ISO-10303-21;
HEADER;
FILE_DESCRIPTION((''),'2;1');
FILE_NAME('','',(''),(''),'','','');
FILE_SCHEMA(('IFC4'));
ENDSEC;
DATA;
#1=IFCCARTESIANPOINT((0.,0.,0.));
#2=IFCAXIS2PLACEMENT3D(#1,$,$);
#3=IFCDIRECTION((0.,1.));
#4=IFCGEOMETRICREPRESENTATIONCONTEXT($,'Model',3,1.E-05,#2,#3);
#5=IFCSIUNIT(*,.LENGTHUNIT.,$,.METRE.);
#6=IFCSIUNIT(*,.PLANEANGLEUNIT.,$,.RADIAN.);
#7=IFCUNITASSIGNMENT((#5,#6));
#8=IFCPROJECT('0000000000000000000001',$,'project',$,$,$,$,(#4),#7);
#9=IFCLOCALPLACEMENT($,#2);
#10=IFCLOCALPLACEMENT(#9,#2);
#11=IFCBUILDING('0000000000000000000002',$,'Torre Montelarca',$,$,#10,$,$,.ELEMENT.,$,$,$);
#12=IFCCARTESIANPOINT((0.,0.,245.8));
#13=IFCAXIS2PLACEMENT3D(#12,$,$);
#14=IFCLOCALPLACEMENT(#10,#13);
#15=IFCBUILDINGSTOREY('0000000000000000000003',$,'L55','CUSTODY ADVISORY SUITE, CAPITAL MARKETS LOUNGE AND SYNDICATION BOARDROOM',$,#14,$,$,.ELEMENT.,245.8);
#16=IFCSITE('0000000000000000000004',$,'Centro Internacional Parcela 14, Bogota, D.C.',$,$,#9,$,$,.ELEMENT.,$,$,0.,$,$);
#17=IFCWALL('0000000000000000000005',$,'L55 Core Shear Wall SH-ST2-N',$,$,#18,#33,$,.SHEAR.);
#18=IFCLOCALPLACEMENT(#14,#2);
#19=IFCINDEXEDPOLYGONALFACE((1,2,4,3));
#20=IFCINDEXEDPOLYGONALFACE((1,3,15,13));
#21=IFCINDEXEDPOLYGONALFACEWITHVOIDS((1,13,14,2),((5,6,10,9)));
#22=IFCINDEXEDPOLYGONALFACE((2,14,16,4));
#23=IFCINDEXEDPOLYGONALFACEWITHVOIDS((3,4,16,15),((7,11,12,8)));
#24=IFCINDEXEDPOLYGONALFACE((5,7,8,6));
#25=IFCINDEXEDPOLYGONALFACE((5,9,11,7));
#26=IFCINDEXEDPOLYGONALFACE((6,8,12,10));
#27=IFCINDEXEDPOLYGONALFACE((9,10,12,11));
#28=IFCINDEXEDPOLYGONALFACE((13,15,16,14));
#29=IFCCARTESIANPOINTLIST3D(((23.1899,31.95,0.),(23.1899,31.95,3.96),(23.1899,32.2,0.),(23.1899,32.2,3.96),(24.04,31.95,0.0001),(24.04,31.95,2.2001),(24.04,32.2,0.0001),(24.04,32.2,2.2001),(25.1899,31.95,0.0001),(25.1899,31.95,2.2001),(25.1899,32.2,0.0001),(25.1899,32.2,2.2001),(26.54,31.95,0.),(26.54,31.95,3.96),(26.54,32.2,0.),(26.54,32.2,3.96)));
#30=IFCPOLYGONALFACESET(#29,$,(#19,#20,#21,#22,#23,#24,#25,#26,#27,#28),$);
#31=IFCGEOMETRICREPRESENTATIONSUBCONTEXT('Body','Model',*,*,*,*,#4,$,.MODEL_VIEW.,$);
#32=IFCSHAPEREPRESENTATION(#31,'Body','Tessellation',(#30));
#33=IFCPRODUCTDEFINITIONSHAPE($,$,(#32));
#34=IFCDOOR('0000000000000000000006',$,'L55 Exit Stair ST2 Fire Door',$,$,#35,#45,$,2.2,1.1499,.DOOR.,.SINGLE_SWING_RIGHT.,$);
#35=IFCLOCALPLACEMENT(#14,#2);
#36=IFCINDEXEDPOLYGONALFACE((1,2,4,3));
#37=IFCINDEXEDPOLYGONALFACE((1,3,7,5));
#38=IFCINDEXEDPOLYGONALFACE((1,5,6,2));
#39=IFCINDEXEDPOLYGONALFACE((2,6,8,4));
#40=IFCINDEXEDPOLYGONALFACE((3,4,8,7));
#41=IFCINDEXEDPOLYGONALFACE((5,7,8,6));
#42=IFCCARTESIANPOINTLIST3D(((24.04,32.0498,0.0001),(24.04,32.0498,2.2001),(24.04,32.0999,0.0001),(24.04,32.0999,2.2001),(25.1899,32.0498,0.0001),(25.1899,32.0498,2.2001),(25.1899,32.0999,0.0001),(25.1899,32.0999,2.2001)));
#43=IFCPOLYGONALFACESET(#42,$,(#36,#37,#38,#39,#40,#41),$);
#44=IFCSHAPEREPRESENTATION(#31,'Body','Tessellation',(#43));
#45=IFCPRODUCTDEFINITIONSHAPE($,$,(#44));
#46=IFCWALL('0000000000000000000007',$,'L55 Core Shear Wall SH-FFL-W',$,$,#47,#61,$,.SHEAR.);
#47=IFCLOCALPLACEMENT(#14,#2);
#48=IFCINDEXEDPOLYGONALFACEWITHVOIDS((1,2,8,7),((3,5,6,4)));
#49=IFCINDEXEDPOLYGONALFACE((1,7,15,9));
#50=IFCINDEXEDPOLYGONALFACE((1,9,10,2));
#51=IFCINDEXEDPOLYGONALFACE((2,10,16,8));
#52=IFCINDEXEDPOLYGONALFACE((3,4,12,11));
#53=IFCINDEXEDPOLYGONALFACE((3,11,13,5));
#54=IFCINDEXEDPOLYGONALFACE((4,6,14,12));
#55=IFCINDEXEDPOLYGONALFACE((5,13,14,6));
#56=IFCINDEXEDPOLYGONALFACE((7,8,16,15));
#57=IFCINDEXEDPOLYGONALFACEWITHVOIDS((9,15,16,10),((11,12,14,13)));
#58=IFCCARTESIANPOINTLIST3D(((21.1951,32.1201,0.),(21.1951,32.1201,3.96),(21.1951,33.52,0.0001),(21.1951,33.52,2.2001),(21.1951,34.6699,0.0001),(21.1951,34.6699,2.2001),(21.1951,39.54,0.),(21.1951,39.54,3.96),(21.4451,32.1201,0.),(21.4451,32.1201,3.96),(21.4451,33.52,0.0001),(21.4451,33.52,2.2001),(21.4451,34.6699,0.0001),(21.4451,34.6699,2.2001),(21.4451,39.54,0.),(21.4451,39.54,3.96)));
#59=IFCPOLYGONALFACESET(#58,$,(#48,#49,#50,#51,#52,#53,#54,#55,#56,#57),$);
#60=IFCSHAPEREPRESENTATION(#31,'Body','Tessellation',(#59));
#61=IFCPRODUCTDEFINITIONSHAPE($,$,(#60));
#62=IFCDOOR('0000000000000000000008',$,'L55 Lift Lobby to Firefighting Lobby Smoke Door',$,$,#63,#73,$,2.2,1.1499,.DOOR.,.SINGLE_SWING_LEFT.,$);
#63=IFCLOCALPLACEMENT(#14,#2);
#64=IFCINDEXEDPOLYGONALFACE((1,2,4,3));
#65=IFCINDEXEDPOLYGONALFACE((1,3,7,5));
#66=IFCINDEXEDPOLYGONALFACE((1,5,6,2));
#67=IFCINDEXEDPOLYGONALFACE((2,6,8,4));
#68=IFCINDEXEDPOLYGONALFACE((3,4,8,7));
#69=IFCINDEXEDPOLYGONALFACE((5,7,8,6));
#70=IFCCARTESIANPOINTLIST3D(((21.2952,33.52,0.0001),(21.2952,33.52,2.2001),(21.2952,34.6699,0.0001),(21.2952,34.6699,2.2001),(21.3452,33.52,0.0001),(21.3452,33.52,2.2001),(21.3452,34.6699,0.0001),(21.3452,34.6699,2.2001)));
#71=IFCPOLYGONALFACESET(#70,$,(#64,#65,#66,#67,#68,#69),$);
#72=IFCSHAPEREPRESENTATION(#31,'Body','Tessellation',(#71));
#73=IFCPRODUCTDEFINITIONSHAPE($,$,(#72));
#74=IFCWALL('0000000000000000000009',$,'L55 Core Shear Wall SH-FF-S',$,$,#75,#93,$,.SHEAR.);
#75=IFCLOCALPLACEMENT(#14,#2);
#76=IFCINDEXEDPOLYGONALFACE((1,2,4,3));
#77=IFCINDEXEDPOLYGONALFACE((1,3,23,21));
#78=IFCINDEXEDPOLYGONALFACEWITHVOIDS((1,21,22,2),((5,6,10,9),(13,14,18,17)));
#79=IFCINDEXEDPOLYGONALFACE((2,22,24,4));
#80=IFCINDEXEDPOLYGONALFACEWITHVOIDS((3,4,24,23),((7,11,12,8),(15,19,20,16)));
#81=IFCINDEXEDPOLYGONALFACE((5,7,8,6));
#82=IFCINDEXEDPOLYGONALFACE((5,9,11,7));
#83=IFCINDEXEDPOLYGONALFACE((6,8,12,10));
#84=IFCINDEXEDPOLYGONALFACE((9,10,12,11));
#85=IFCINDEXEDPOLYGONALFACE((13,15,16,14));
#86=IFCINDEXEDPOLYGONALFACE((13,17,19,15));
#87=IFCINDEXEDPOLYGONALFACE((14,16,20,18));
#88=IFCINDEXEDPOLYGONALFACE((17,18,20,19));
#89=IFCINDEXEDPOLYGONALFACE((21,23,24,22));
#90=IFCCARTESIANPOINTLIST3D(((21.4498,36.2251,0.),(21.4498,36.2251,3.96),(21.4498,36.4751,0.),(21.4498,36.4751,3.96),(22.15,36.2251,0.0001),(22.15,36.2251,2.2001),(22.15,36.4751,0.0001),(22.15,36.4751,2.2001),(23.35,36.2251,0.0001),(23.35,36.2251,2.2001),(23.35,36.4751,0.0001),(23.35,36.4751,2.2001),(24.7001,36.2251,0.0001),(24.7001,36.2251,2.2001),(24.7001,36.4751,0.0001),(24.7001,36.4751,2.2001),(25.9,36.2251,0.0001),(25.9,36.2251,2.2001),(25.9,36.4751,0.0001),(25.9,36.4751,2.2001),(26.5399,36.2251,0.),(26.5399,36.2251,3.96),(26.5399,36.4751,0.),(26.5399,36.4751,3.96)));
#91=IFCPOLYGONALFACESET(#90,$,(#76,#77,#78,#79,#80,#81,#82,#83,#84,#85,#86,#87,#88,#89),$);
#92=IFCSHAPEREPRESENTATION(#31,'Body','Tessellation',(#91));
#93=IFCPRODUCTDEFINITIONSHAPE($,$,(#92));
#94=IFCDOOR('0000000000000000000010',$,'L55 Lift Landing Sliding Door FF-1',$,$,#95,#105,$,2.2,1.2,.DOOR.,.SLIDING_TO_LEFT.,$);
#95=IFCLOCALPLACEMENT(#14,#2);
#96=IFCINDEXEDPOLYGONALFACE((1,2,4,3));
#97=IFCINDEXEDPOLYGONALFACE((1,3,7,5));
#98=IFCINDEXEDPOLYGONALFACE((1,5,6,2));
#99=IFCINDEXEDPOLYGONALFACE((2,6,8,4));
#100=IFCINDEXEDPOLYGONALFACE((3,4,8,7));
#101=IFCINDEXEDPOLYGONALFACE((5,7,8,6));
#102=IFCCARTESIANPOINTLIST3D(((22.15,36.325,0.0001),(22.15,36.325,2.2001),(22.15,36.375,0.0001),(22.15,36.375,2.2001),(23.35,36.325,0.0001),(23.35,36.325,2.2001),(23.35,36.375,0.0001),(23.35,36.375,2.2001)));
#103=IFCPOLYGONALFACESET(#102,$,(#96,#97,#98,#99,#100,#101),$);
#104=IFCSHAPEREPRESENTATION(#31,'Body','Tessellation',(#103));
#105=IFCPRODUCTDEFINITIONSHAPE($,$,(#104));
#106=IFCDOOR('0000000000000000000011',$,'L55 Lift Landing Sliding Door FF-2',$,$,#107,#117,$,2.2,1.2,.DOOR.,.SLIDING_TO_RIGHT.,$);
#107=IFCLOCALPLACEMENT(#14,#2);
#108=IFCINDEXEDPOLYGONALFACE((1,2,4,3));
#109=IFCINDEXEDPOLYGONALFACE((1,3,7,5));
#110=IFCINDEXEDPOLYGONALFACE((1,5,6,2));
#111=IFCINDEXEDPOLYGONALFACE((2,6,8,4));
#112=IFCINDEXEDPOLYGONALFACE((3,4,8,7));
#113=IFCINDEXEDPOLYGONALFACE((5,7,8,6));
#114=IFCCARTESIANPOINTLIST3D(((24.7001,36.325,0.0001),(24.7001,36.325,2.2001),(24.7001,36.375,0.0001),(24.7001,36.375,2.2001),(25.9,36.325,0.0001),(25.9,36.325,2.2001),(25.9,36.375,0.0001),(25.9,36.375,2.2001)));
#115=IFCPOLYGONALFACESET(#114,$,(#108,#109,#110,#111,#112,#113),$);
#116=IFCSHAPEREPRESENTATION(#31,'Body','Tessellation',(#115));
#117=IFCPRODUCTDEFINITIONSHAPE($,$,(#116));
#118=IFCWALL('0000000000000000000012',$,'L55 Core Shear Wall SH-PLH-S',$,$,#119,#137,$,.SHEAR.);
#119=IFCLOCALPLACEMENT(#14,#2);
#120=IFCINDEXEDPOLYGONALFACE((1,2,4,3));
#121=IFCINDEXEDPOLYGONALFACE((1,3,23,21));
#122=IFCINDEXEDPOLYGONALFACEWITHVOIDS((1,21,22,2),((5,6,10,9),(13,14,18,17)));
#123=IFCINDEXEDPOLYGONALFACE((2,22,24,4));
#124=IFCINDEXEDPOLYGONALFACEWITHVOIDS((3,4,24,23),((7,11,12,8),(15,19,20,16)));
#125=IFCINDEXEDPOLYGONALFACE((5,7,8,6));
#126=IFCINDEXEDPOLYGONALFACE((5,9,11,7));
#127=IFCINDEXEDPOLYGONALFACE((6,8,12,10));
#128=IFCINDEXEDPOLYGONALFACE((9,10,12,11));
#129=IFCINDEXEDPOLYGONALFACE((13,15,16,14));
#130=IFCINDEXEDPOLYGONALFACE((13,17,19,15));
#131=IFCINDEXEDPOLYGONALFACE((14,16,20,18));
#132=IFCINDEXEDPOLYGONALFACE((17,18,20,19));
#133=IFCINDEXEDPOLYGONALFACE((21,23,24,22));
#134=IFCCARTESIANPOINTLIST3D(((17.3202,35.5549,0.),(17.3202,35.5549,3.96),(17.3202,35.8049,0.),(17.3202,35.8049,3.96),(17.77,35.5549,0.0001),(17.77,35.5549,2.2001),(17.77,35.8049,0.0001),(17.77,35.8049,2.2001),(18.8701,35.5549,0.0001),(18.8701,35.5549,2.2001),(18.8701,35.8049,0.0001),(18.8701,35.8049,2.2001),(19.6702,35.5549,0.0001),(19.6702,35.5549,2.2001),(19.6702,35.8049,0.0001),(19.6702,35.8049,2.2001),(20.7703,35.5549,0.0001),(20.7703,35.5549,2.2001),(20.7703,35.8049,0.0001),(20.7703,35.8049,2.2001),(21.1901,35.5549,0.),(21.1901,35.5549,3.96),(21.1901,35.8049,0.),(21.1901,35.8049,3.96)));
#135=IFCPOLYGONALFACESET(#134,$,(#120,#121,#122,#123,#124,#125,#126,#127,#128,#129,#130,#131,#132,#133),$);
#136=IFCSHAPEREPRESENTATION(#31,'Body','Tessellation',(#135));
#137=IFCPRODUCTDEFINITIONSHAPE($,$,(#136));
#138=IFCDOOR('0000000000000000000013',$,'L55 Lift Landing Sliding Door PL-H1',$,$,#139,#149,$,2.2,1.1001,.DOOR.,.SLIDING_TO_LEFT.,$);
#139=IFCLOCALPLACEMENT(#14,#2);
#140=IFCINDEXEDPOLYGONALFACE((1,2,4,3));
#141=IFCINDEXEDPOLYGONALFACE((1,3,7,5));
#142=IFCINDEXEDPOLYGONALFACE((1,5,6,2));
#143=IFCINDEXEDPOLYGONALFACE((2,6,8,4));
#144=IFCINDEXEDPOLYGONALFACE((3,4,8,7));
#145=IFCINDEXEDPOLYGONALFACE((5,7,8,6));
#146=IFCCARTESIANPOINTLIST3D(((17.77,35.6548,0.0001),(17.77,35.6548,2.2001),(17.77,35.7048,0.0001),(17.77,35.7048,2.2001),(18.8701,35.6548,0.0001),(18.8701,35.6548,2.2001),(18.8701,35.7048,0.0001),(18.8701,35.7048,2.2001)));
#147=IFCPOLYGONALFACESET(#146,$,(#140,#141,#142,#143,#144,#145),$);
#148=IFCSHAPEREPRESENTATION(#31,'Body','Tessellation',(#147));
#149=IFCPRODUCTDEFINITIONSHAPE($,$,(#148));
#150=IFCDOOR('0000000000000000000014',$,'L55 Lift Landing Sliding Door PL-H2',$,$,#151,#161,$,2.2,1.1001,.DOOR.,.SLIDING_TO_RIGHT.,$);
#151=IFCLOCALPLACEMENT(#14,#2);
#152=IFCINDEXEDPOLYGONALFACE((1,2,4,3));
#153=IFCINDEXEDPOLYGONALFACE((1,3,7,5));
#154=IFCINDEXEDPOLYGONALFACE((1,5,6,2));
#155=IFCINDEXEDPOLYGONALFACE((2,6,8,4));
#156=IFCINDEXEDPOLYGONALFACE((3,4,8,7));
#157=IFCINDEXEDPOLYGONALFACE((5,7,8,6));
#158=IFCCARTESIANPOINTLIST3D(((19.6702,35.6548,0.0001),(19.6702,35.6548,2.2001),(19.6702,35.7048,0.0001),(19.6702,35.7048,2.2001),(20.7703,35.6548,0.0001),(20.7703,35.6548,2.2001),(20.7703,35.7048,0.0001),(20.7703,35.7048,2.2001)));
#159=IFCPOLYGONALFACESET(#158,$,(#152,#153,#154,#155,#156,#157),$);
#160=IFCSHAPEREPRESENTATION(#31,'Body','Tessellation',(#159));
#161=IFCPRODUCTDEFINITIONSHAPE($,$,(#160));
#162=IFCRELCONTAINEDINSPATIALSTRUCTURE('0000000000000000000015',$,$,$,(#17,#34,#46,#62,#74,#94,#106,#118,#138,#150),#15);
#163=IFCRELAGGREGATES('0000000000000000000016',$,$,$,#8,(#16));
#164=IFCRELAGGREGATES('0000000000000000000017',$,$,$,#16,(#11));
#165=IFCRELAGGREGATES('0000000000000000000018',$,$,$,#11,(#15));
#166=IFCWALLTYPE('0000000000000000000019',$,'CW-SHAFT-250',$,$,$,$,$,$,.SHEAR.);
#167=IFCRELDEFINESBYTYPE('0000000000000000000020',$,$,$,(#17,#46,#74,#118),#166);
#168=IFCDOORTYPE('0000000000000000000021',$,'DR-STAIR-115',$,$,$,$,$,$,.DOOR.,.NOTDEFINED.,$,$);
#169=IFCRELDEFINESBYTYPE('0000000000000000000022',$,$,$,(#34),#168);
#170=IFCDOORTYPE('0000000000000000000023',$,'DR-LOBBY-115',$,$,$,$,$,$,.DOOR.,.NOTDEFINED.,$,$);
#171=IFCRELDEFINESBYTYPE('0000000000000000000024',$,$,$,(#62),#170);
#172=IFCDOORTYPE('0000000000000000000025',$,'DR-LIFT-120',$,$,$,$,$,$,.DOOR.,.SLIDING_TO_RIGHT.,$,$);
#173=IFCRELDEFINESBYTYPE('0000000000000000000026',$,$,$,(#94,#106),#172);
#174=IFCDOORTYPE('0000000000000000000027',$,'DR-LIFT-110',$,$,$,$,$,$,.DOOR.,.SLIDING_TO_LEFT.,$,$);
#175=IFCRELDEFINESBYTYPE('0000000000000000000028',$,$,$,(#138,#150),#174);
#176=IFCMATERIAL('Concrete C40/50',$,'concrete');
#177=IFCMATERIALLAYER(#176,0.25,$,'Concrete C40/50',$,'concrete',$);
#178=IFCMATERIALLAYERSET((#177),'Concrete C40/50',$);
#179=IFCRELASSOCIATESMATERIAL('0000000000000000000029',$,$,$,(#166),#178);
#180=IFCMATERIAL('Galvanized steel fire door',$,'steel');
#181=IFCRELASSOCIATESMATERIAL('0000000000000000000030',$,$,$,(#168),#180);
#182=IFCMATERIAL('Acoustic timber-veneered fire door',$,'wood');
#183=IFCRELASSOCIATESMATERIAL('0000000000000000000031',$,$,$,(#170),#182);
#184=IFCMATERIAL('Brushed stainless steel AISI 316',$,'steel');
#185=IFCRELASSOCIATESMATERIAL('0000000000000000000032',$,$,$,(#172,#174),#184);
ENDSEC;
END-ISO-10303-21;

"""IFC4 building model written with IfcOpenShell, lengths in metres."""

from ifc_helpers import new_model, si_unit, direction, frame, frame_2d, origin, place, context, subcontext, project, spatial, rectangle, extrude, source, transform, mapped, material, layer, layer_set, type_object, element, fill, save


model = new_model("IFC4")

# Units and contexts
model_context = context("Model", 3, precision=1e-05, world=origin(), true_north=direction((0.0, 1.0)))
body_context = subcontext(model_context, "Body", "Model", "MODEL_VIEW")
ifc_project = project(units=[si_unit("LENGTHUNIT", "METRE"), si_unit("PLANEANGLEUNIT", "RADIAN")], contexts=[model_context])

# Site, building, storey
site_placement = place(None, origin())
site = spatial("IfcSite", under=ifc_project, at=site_placement, Name="Centro Internacional Parcela 14, Bogota, D.C.", CompositionType="ELEMENT", RefElevation=0.0)
building_placement = place(site_placement, origin())
building = spatial("IfcBuilding", under=site, at=building_placement, Name="Torre Montelarca", CompositionType="ELEMENT")
storey_placement = place(building_placement, frame((0.0, 0.0, 245.8)))
storey = spatial("IfcBuildingStorey", under=building, at=storey_placement, Name="L55", Description="CUSTODY ADVISORY SUITE, CAPITAL MARKETS LOUNGE AND SYNDICATION BOARDROOM", CompositionType="ELEMENT", Elevation=245.8)

# Walls, openings, doors
ifc_material_1 = material(Name="Concrete C40/50", Category="concrete")
ifc_layer_1 = layer(ifc_material_1, 0.25, Name="Concrete C40/50", Category="concrete")
ifc_layer_set_1 = layer_set([ifc_layer_1], Name="Concrete C40/50")
wall_type_1 = type_object("IfcWallType", Name="CW-SHAFT-250", PredefinedType="SHEAR", material=ifc_layer_set_1)
wall_1_placement = place(storey_placement, frame((23.1899, 32.075, 0.0), z_axis=(0.0, 0.0, 1.0), x_axis=(1.0, 0.0, 0.0)))
wall_1 = element("IfcWall", 1, at=wall_1_placement, inside=storey, type_object=wall_type_1, Name="L55 Core Shear Wall SH-ST2-N", PredefinedType="SHEAR", context=body_context, shape_type="SweptSolid", body=[
    extrude(rectangle(XDim=3.3501, YDim=0.25, at=frame_2d((1.675, 0.0))), origin(), (0.0, 0.0, 1.0), 3.96),
])
opening_1_placement = place(wall_1_placement, frame((0.8501, 0.0, 0.0)))
opening_1 = element("IfcOpeningElement", 2, at=opening_1_placement, cuts=wall_1, PredefinedType="OPENING", context=body_context, shape_type="SweptSolid", body=[
    extrude(rectangle(XDim=1.1499, YDim=2.2, at=frame_2d((0.575, 1.1001))), frame((0.0, 0.135, 0.0), z_axis=(0.0, -1.0, 0.0), x_axis=(1.0, 0.0, 0.0)), (0.0, 0.0, 1.0), 0.27),
])
ifc_material_2 = material(Name="Galvanized steel fire door", Category="steel")
door_type_1 = type_object("IfcDoorType", Name="DR-STAIR-115", OperationType="NOTDEFINED", PredefinedType="DOOR", material=ifc_material_2)
shared_shape_1 = source(origin(), body_context, "Body", "SweptSolid", [
    extrude(rectangle(XDim=1.1499, YDim=2.2, at=frame_2d((0.575, 1.1001))), frame((0.0, 0.0249, 0.0), z_axis=(0.0, -1.0, 0.0), x_axis=(1.0, 0.0, 0.0)), (0.0, 0.0, 1.0), 0.05),
])
door_1_placement = place(opening_1_placement, origin())
door_1 = element("IfcDoor", 3, at=door_1_placement, inside=storey, type_object=door_type_1, Name="L55 Exit Stair ST2 Fire Door", OperationType="SINGLE_SWING_RIGHT", OverallHeight=2.2, OverallWidth=1.1499, PredefinedType="DOOR", context=body_context, shape_type="MappedRepresentation", body=[
    mapped(shared_shape_1, transform((0.0, 0.0, 0.0), scale=1.0)),
])
fill(opening_1, door_1)
wall_2_placement = place(storey_placement, frame((21.3201, 32.1201, 0.0), z_axis=(0.0, 0.0, 1.0), x_axis=(0.0, 1.0, 0.0)))
wall_2 = element("IfcWall", 4, at=wall_2_placement, inside=storey, type_object=wall_type_1, Name="L55 Core Shear Wall SH-FFL-W", PredefinedType="SHEAR", context=body_context, shape_type="SweptSolid", body=[
    extrude(rectangle(XDim=7.4199, YDim=0.25, at=frame_2d((3.71, 0.0))), origin(), (0.0, 0.0, 1.0), 3.96),
])
opening_2_placement = place(wall_2_placement, frame((1.3999, 0.0, 0.0)))
opening_2 = element("IfcOpeningElement", 5, at=opening_2_placement, cuts=wall_2, PredefinedType="OPENING", context=body_context, shape_type="SweptSolid", body=[
    extrude(rectangle(XDim=1.1499, YDim=2.2, at=frame_2d((0.575, 1.1001))), frame((0.0, 0.135, 0.0), z_axis=(0.0, -1.0, 0.0), x_axis=(1.0, 0.0, 0.0)), (0.0, 0.0, 1.0), 0.27),
])
ifc_material_3 = material(Name="Acoustic timber-veneered fire door", Category="wood")
door_type_2 = type_object("IfcDoorType", Name="DR-LOBBY-115", OperationType="NOTDEFINED", PredefinedType="DOOR", material=ifc_material_3)
shared_shape_2 = source(origin(), body_context, "Body", "SweptSolid", [
    extrude(rectangle(XDim=1.1499, YDim=2.2, at=frame_2d((0.575, 1.1001))), frame((0.0, 0.0249, 0.0), z_axis=(0.0, -1.0, 0.0), x_axis=(1.0, 0.0, 0.0)), (0.0, 0.0, 1.0), 0.05),
])
door_2_placement = place(opening_2_placement, origin())
door_2 = element("IfcDoor", 6, at=door_2_placement, inside=storey, type_object=door_type_2, Name="L55 Lift Lobby to Firefighting Lobby Smoke Door", OperationType="SINGLE_SWING_LEFT", OverallHeight=2.2, OverallWidth=1.1499, PredefinedType="DOOR", context=body_context, shape_type="MappedRepresentation", body=[
    mapped(shared_shape_2, transform((0.0, 0.0, 0.0), scale=1.0)),
])
fill(opening_2, door_2)

# Walls, openings, doors
wall_3_placement = place(storey_placement, frame((21.45, 36.3501, 0.0), z_axis=(0.0, 0.0, 1.0), x_axis=(1.0, 0.0, 0.0)))
wall_3 = element("IfcWall", 7, at=wall_3_placement, inside=storey, type_object=wall_type_1, Name="L55 Core Shear Wall SH-FF-S", PredefinedType="SHEAR", context=body_context, shape_type="SweptSolid", body=[
    extrude(rectangle(XDim=5.0901, YDim=0.25, at=frame_2d((2.5449, 0.0))), origin(), (0.0, 0.0, 1.0), 3.96),
])
opening_3_placement = place(wall_3_placement, frame((0.7, 0.0, 0.0)))
opening_3 = element("IfcOpeningElement", 8, at=opening_3_placement, cuts=wall_3, PredefinedType="OPENING", context=body_context, shape_type="SweptSolid", body=[
    extrude(rectangle(XDim=1.2, YDim=2.2, at=frame_2d((0.6001, 1.1001))), frame((0.0, 0.135, 0.0), z_axis=(0.0, -1.0, 0.0), x_axis=(1.0, 0.0, 0.0)), (0.0, 0.0, 1.0), 0.27),
])
opening_4_placement = place(wall_3_placement, frame((3.25, 0.0, 0.0)))
opening_4 = element("IfcOpeningElement", 9, at=opening_4_placement, cuts=wall_3, PredefinedType="OPENING", context=body_context, shape_type="SweptSolid", body=[
    extrude(rectangle(XDim=1.2, YDim=2.2, at=frame_2d((0.6001, 1.1001))), frame((0.0, 0.135, 0.0), z_axis=(0.0, -1.0, 0.0), x_axis=(1.0, 0.0, 0.0)), (0.0, 0.0, 1.0), 0.27),
])
ifc_material_4 = material(Name="Brushed stainless steel AISI 316", Category="steel")
door_type_3 = type_object("IfcDoorType", Name="DR-LIFT-120", OperationType="SLIDING_TO_RIGHT", PredefinedType="DOOR", material=ifc_material_4)
shared_shape_3 = source(origin(), body_context, "Body", "SweptSolid", [
    extrude(rectangle(XDim=1.2, YDim=2.2, at=frame_2d((0.6001, 1.1001))), frame((0.0, 0.0249, 0.0), z_axis=(0.0, -1.0, 0.0), x_axis=(1.0, 0.0, 0.0)), (0.0, 0.0, 1.0), 0.05),
])
door_3_placement = place(opening_3_placement, origin())
door_3 = element("IfcDoor", 10, at=door_3_placement, inside=storey, type_object=door_type_3, Name="L55 Lift Landing Sliding Door FF-1", OperationType="SLIDING_TO_LEFT", OverallHeight=2.2, OverallWidth=1.2, PredefinedType="DOOR", context=body_context, shape_type="MappedRepresentation", body=[
    mapped(shared_shape_3, transform((0.0, 0.0, 0.0), scale=1.0)),
])
fill(opening_3, door_3)
door_4_placement = place(opening_4_placement, origin())
door_4 = element("IfcDoor", 11, at=door_4_placement, inside=storey, type_object=door_type_3, Name="L55 Lift Landing Sliding Door FF-2", OperationType="SLIDING_TO_RIGHT", OverallHeight=2.2, OverallWidth=1.2, PredefinedType="DOOR", context=body_context, shape_type="MappedRepresentation", body=[
    mapped(shared_shape_3, transform((0.0, 0.0, 0.0), scale=1.0)),
])
fill(opening_4, door_4)
wall_4_placement = place(storey_placement, frame((17.3201, 35.6799, 0.0), z_axis=(0.0, 0.0, 1.0), x_axis=(1.0, 0.0, 0.0)))
wall_4 = element("IfcWall", 12, at=wall_4_placement, inside=storey, type_object=wall_type_1, Name="L55 Core Shear Wall SH-PLH-S", PredefinedType="SHEAR", context=body_context, shape_type="SweptSolid", body=[
    extrude(rectangle(XDim=3.8699, YDim=0.25, at=frame_2d((1.9351, 0.0))), origin(), (0.0, 0.0, 1.0), 3.96),
])
opening_5_placement = place(wall_4_placement, frame((0.45, 0.0, 0.0)))
opening_5 = element("IfcOpeningElement", 13, at=opening_5_placement, cuts=wall_4, PredefinedType="OPENING", context=body_context, shape_type="SweptSolid", body=[
    extrude(rectangle(XDim=1.1001, YDim=2.2, at=frame_2d((0.55, 1.1001))), frame((0.0, 0.135, 0.0), z_axis=(0.0, -1.0, 0.0), x_axis=(1.0, 0.0, 0.0)), (0.0, 0.0, 1.0), 0.27),
])
opening_6_placement = place(wall_4_placement, frame((2.3501, 0.0, 0.0)))
opening_6 = element("IfcOpeningElement", 14, at=opening_6_placement, cuts=wall_4, PredefinedType="OPENING", context=body_context, shape_type="SweptSolid", body=[
    extrude(rectangle(XDim=1.1001, YDim=2.2, at=frame_2d((0.55, 1.1001))), frame((0.0, 0.135, 0.0), z_axis=(0.0, -1.0, 0.0), x_axis=(1.0, 0.0, 0.0)), (0.0, 0.0, 1.0), 0.27),
])
door_type_4 = type_object("IfcDoorType", Name="DR-LIFT-110", OperationType="SLIDING_TO_LEFT", PredefinedType="DOOR", material=ifc_material_4)
shared_shape_4 = source(origin(), body_context, "Body", "SweptSolid", [
    extrude(rectangle(XDim=1.1001, YDim=2.2, at=frame_2d((0.55, 1.1001))), frame((0.0, 0.0249, 0.0), z_axis=(0.0, -1.0, 0.0), x_axis=(1.0, 0.0, 0.0)), (0.0, 0.0, 1.0), 0.05),
])
door_5_placement = place(opening_5_placement, origin())
door_5 = element("IfcDoor", 15, at=door_5_placement, inside=storey, type_object=door_type_4, Name="L55 Lift Landing Sliding Door PL-H1", OperationType="SLIDING_TO_LEFT", OverallHeight=2.2, OverallWidth=1.1001, PredefinedType="DOOR", context=body_context, shape_type="MappedRepresentation", body=[
    mapped(shared_shape_4, transform((0.0, 0.0, 0.0), scale=1.0)),
])
fill(opening_5, door_5)
door_6_placement = place(opening_6_placement, origin())
door_6 = element("IfcDoor", 16, at=door_6_placement, inside=storey, type_object=door_type_4, Name="L55 Lift Landing Sliding Door PL-H2", OperationType="SLIDING_TO_RIGHT", OverallHeight=2.2, OverallWidth=1.1001, PredefinedType="DOOR", context=body_context, shape_type="MappedRepresentation", body=[
    mapped(shared_shape_4, transform((0.0, 0.0, 0.0), scale=1.0)),
])
fill(opening_6, door_6)

save(model, "model.ifc")
